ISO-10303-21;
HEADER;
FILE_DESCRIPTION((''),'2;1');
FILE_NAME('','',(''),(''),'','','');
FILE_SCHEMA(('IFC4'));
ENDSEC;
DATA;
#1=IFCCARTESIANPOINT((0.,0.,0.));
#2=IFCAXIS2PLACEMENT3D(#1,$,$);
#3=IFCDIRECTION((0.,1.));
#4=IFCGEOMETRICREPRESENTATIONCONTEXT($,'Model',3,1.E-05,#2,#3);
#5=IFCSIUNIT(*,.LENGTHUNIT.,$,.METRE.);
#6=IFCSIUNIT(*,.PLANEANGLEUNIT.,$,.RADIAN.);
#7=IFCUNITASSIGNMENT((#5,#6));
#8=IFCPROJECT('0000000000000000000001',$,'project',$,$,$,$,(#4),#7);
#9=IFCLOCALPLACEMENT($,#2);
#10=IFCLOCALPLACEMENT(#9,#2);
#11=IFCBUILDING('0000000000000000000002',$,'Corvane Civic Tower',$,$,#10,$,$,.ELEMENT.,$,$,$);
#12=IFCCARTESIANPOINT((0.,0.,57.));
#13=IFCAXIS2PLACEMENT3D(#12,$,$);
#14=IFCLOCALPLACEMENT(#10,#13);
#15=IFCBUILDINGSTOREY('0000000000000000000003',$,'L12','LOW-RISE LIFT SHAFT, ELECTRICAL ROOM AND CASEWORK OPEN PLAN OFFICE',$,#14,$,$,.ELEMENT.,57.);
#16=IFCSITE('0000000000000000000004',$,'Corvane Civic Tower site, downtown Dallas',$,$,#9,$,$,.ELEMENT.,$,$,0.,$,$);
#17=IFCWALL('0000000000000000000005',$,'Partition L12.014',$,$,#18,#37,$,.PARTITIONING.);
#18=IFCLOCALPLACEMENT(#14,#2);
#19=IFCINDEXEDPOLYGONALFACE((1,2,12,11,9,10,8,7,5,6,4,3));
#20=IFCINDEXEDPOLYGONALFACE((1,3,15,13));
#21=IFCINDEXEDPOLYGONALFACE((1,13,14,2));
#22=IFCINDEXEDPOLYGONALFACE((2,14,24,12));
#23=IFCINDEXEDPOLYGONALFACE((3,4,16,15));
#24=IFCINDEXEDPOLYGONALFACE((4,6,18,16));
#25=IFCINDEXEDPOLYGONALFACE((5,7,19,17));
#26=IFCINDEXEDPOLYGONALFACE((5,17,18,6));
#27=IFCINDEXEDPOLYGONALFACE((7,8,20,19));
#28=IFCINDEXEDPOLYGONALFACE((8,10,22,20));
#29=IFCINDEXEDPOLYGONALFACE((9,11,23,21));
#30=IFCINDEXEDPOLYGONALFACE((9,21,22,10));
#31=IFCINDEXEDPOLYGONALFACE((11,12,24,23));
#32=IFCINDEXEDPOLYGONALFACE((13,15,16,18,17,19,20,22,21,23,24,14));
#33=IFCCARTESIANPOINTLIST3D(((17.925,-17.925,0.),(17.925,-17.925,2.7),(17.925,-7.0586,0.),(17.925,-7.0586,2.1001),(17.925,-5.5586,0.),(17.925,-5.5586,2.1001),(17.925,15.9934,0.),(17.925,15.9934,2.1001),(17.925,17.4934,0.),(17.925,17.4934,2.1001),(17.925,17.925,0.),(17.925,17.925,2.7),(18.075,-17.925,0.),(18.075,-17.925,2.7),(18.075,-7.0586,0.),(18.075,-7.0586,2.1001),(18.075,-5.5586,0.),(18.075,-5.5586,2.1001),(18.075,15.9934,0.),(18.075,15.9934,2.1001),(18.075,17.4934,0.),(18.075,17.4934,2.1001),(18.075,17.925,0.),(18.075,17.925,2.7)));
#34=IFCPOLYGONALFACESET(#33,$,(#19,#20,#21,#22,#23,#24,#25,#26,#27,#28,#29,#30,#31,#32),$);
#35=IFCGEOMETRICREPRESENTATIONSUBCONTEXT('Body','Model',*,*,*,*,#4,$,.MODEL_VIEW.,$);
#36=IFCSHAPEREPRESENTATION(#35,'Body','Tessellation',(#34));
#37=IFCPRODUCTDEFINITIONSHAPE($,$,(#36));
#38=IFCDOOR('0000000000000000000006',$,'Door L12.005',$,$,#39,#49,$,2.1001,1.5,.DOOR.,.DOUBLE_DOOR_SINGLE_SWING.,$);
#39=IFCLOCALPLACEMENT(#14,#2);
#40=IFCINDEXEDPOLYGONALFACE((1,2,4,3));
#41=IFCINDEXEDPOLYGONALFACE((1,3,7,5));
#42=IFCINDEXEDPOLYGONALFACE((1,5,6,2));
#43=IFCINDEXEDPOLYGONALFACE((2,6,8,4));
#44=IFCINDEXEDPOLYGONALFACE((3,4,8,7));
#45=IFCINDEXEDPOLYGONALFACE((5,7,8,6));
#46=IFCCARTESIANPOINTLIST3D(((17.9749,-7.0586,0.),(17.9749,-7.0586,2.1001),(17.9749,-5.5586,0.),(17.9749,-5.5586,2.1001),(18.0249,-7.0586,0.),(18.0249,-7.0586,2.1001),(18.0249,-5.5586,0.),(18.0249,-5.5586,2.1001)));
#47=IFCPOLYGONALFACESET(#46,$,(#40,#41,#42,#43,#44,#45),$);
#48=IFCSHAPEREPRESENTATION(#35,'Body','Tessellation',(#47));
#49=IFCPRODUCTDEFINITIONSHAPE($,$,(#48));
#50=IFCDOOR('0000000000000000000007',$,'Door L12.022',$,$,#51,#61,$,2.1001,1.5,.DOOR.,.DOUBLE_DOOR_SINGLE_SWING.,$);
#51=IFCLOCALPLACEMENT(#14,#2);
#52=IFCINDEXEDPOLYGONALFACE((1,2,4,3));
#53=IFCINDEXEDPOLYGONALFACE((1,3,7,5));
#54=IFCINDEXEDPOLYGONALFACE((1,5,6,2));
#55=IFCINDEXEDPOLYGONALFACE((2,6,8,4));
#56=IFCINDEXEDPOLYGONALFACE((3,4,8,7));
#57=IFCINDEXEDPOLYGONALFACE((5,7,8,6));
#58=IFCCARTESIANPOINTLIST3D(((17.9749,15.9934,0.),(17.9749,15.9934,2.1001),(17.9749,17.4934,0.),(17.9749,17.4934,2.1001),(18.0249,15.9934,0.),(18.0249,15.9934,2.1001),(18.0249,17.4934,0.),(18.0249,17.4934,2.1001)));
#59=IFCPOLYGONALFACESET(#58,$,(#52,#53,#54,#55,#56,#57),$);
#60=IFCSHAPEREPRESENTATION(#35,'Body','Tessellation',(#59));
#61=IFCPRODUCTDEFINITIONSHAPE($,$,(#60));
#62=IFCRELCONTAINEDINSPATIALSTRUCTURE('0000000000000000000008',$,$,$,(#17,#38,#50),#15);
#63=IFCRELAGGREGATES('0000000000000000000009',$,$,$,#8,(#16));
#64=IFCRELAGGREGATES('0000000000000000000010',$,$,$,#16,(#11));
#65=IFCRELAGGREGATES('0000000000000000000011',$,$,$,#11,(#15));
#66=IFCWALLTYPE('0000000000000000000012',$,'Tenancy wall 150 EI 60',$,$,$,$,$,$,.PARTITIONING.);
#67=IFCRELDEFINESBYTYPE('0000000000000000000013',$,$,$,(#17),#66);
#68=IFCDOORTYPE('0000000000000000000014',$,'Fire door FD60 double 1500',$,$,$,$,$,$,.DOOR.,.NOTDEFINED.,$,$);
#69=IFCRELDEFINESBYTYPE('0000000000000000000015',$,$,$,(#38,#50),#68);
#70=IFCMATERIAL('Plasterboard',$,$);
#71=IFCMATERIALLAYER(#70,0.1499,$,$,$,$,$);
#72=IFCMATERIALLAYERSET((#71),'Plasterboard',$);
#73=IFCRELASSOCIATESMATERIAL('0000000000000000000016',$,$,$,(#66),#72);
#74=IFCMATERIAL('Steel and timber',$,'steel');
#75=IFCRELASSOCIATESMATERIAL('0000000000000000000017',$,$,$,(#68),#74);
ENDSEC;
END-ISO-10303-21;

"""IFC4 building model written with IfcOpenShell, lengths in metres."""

from ifc_helpers import new_model, si_unit, direction, frame, frame_2d, origin, place, context, subcontext, project, spatial, rectangle, extrude, material, layer, layer_set, type_object, element, fill, save


model = new_model("IFC4")

# Units and contexts
model_context = context("Model", 3, precision=1e-05, world=origin(), true_north=direction((0.0, 1.0)))
body_context = subcontext(model_context, "Body", "Model", "MODEL_VIEW")
ifc_project = project(units=[si_unit("LENGTHUNIT", "METRE"), si_unit("PLANEANGLEUNIT", "RADIAN")], contexts=[model_context])

# Site, building, storey
site_placement = place(None, origin())
site = spatial("IfcSite", under=ifc_project, at=site_placement, Name="Corvane Civic Tower site, downtown Dallas", CompositionType="ELEMENT", RefElevation=0.0)
building_placement = place(site_placement, origin())
building = spatial("IfcBuilding", under=site, at=building_placement, Name="Corvane Civic Tower", CompositionType="ELEMENT")
storey_placement = place(building_placement, frame((0.0, 0.0, 57.0)))
storey = spatial("IfcBuildingStorey", under=building, at=storey_placement, Name="L12", Description="LOW-RISE LIFT SHAFT, ELECTRICAL ROOM AND CASEWORK OPEN PLAN OFFICE", CompositionType="ELEMENT", Elevation=57.0)

# Wall, openings, doors
ifc_material_1 = material(Name="Plasterboard")
ifc_layer_1 = layer(ifc_material_1, 0.1499)
ifc_layer_set_1 = layer_set([ifc_layer_1], Name="Plasterboard")
wall_type_1 = type_object("IfcWallType", Name="Tenancy wall 150 EI 60", PredefinedType="PARTITIONING", material=ifc_layer_set_1)
wall_1_placement = place(storey_placement, frame((18.0, -17.925, 0.0), z_axis=(0.0, 0.0, 1.0), x_axis=(0.0, 1.0, 0.0)))
wall_1 = element("IfcWall", 1, at=wall_1_placement, inside=storey, type_object=wall_type_1, Name="Partition L12.014", PredefinedType="PARTITIONING", context=body_context, shape_type="SweptSolid", body=[
    extrude(rectangle(XDim=35.8501, YDim=0.1499, at=frame_2d((17.925, 0.0))), origin(), (0.0, 0.0, 1.0), 2.7),
])
opening_1_placement = place(wall_1_placement, frame((10.8665, 0.0, 0.0)))
opening_1 = element("IfcOpeningElement", 2, at=opening_1_placement, cuts=wall_1, PredefinedType="OPENING", context=body_context, shape_type="SweptSolid", body=[
    extrude(rectangle(XDim=1.5, YDim=2.1001, at=frame_2d((0.75, 1.05))), frame((0.0, 0.085, 0.0), z_axis=(0.0, -1.0, 0.0), x_axis=(1.0, 0.0, 0.0)), (0.0, 0.0, 1.0), 0.1699),
])
opening_2_placement = place(wall_1_placement, frame((33.9185, 0.0, 0.0)))
opening_2 = element("IfcOpeningElement", 3, at=opening_2_placement, cuts=wall_1, PredefinedType="OPENING", context=body_context, shape_type="SweptSolid", body=[
    extrude(rectangle(XDim=1.5, YDim=2.1001, at=frame_2d((0.75, 1.05))), frame((0.0, 0.085, 0.0), z_axis=(0.0, -1.0, 0.0), x_axis=(1.0, 0.0, 0.0)), (0.0, 0.0, 1.0), 0.1699),
])
ifc_material_2 = material(Name="Steel and timber", Category="steel")
door_type_1 = type_object("IfcDoorType", Name="Fire door FD60 double 1500", OperationType="NOTDEFINED", PredefinedType="DOOR", material=ifc_material_2)
door_1_placement = place(opening_1_placement, frame((1.5, 0.0, 0.0), z_axis=(0.0, 0.0, 1.0), x_axis=(-1.0, 0.0, 0.0)))
door_1 = element("IfcDoor", 4, at=door_1_placement, inside=storey, type_object=door_type_1, Name="Door L12.005", OperationType="DOUBLE_DOOR_SINGLE_SWING", OverallHeight=2.1001, OverallWidth=1.5, PredefinedType="DOOR", context=body_context, shape_type="SweptSolid", body=[
    extrude(rectangle(XDim=1.5, YDim=2.1001, at=frame_2d((0.75, 1.05))), frame((0.0, 0.0249, 0.0), z_axis=(0.0, -1.0, 0.0), x_axis=(1.0, 0.0, 0.0)), (0.0, 0.0, 1.0), 0.05),
])
fill(opening_1, door_1)
door_2_placement = place(opening_2_placement, frame((1.5, 0.0, 0.0), z_axis=(0.0, 0.0, 1.0), x_axis=(-1.0, 0.0, 0.0)))
door_2 = element("IfcDoor", 5, at=door_2_placement, inside=storey, type_object=door_type_1, Name="Door L12.022", OperationType="DOUBLE_DOOR_SINGLE_SWING", OverallHeight=2.1001, OverallWidth=1.5, PredefinedType="DOOR", context=body_context, shape_type="SweptSolid", body=[
    extrude(rectangle(XDim=1.5, YDim=2.1001, at=frame_2d((0.75, 1.05))), frame((0.0, 0.0249, 0.0), z_axis=(0.0, -1.0, 0.0), x_axis=(1.0, 0.0, 0.0)), (0.0, 0.0, 1.0), 0.05),
])
fill(opening_2, door_2)

save(model, "model.ifc")
